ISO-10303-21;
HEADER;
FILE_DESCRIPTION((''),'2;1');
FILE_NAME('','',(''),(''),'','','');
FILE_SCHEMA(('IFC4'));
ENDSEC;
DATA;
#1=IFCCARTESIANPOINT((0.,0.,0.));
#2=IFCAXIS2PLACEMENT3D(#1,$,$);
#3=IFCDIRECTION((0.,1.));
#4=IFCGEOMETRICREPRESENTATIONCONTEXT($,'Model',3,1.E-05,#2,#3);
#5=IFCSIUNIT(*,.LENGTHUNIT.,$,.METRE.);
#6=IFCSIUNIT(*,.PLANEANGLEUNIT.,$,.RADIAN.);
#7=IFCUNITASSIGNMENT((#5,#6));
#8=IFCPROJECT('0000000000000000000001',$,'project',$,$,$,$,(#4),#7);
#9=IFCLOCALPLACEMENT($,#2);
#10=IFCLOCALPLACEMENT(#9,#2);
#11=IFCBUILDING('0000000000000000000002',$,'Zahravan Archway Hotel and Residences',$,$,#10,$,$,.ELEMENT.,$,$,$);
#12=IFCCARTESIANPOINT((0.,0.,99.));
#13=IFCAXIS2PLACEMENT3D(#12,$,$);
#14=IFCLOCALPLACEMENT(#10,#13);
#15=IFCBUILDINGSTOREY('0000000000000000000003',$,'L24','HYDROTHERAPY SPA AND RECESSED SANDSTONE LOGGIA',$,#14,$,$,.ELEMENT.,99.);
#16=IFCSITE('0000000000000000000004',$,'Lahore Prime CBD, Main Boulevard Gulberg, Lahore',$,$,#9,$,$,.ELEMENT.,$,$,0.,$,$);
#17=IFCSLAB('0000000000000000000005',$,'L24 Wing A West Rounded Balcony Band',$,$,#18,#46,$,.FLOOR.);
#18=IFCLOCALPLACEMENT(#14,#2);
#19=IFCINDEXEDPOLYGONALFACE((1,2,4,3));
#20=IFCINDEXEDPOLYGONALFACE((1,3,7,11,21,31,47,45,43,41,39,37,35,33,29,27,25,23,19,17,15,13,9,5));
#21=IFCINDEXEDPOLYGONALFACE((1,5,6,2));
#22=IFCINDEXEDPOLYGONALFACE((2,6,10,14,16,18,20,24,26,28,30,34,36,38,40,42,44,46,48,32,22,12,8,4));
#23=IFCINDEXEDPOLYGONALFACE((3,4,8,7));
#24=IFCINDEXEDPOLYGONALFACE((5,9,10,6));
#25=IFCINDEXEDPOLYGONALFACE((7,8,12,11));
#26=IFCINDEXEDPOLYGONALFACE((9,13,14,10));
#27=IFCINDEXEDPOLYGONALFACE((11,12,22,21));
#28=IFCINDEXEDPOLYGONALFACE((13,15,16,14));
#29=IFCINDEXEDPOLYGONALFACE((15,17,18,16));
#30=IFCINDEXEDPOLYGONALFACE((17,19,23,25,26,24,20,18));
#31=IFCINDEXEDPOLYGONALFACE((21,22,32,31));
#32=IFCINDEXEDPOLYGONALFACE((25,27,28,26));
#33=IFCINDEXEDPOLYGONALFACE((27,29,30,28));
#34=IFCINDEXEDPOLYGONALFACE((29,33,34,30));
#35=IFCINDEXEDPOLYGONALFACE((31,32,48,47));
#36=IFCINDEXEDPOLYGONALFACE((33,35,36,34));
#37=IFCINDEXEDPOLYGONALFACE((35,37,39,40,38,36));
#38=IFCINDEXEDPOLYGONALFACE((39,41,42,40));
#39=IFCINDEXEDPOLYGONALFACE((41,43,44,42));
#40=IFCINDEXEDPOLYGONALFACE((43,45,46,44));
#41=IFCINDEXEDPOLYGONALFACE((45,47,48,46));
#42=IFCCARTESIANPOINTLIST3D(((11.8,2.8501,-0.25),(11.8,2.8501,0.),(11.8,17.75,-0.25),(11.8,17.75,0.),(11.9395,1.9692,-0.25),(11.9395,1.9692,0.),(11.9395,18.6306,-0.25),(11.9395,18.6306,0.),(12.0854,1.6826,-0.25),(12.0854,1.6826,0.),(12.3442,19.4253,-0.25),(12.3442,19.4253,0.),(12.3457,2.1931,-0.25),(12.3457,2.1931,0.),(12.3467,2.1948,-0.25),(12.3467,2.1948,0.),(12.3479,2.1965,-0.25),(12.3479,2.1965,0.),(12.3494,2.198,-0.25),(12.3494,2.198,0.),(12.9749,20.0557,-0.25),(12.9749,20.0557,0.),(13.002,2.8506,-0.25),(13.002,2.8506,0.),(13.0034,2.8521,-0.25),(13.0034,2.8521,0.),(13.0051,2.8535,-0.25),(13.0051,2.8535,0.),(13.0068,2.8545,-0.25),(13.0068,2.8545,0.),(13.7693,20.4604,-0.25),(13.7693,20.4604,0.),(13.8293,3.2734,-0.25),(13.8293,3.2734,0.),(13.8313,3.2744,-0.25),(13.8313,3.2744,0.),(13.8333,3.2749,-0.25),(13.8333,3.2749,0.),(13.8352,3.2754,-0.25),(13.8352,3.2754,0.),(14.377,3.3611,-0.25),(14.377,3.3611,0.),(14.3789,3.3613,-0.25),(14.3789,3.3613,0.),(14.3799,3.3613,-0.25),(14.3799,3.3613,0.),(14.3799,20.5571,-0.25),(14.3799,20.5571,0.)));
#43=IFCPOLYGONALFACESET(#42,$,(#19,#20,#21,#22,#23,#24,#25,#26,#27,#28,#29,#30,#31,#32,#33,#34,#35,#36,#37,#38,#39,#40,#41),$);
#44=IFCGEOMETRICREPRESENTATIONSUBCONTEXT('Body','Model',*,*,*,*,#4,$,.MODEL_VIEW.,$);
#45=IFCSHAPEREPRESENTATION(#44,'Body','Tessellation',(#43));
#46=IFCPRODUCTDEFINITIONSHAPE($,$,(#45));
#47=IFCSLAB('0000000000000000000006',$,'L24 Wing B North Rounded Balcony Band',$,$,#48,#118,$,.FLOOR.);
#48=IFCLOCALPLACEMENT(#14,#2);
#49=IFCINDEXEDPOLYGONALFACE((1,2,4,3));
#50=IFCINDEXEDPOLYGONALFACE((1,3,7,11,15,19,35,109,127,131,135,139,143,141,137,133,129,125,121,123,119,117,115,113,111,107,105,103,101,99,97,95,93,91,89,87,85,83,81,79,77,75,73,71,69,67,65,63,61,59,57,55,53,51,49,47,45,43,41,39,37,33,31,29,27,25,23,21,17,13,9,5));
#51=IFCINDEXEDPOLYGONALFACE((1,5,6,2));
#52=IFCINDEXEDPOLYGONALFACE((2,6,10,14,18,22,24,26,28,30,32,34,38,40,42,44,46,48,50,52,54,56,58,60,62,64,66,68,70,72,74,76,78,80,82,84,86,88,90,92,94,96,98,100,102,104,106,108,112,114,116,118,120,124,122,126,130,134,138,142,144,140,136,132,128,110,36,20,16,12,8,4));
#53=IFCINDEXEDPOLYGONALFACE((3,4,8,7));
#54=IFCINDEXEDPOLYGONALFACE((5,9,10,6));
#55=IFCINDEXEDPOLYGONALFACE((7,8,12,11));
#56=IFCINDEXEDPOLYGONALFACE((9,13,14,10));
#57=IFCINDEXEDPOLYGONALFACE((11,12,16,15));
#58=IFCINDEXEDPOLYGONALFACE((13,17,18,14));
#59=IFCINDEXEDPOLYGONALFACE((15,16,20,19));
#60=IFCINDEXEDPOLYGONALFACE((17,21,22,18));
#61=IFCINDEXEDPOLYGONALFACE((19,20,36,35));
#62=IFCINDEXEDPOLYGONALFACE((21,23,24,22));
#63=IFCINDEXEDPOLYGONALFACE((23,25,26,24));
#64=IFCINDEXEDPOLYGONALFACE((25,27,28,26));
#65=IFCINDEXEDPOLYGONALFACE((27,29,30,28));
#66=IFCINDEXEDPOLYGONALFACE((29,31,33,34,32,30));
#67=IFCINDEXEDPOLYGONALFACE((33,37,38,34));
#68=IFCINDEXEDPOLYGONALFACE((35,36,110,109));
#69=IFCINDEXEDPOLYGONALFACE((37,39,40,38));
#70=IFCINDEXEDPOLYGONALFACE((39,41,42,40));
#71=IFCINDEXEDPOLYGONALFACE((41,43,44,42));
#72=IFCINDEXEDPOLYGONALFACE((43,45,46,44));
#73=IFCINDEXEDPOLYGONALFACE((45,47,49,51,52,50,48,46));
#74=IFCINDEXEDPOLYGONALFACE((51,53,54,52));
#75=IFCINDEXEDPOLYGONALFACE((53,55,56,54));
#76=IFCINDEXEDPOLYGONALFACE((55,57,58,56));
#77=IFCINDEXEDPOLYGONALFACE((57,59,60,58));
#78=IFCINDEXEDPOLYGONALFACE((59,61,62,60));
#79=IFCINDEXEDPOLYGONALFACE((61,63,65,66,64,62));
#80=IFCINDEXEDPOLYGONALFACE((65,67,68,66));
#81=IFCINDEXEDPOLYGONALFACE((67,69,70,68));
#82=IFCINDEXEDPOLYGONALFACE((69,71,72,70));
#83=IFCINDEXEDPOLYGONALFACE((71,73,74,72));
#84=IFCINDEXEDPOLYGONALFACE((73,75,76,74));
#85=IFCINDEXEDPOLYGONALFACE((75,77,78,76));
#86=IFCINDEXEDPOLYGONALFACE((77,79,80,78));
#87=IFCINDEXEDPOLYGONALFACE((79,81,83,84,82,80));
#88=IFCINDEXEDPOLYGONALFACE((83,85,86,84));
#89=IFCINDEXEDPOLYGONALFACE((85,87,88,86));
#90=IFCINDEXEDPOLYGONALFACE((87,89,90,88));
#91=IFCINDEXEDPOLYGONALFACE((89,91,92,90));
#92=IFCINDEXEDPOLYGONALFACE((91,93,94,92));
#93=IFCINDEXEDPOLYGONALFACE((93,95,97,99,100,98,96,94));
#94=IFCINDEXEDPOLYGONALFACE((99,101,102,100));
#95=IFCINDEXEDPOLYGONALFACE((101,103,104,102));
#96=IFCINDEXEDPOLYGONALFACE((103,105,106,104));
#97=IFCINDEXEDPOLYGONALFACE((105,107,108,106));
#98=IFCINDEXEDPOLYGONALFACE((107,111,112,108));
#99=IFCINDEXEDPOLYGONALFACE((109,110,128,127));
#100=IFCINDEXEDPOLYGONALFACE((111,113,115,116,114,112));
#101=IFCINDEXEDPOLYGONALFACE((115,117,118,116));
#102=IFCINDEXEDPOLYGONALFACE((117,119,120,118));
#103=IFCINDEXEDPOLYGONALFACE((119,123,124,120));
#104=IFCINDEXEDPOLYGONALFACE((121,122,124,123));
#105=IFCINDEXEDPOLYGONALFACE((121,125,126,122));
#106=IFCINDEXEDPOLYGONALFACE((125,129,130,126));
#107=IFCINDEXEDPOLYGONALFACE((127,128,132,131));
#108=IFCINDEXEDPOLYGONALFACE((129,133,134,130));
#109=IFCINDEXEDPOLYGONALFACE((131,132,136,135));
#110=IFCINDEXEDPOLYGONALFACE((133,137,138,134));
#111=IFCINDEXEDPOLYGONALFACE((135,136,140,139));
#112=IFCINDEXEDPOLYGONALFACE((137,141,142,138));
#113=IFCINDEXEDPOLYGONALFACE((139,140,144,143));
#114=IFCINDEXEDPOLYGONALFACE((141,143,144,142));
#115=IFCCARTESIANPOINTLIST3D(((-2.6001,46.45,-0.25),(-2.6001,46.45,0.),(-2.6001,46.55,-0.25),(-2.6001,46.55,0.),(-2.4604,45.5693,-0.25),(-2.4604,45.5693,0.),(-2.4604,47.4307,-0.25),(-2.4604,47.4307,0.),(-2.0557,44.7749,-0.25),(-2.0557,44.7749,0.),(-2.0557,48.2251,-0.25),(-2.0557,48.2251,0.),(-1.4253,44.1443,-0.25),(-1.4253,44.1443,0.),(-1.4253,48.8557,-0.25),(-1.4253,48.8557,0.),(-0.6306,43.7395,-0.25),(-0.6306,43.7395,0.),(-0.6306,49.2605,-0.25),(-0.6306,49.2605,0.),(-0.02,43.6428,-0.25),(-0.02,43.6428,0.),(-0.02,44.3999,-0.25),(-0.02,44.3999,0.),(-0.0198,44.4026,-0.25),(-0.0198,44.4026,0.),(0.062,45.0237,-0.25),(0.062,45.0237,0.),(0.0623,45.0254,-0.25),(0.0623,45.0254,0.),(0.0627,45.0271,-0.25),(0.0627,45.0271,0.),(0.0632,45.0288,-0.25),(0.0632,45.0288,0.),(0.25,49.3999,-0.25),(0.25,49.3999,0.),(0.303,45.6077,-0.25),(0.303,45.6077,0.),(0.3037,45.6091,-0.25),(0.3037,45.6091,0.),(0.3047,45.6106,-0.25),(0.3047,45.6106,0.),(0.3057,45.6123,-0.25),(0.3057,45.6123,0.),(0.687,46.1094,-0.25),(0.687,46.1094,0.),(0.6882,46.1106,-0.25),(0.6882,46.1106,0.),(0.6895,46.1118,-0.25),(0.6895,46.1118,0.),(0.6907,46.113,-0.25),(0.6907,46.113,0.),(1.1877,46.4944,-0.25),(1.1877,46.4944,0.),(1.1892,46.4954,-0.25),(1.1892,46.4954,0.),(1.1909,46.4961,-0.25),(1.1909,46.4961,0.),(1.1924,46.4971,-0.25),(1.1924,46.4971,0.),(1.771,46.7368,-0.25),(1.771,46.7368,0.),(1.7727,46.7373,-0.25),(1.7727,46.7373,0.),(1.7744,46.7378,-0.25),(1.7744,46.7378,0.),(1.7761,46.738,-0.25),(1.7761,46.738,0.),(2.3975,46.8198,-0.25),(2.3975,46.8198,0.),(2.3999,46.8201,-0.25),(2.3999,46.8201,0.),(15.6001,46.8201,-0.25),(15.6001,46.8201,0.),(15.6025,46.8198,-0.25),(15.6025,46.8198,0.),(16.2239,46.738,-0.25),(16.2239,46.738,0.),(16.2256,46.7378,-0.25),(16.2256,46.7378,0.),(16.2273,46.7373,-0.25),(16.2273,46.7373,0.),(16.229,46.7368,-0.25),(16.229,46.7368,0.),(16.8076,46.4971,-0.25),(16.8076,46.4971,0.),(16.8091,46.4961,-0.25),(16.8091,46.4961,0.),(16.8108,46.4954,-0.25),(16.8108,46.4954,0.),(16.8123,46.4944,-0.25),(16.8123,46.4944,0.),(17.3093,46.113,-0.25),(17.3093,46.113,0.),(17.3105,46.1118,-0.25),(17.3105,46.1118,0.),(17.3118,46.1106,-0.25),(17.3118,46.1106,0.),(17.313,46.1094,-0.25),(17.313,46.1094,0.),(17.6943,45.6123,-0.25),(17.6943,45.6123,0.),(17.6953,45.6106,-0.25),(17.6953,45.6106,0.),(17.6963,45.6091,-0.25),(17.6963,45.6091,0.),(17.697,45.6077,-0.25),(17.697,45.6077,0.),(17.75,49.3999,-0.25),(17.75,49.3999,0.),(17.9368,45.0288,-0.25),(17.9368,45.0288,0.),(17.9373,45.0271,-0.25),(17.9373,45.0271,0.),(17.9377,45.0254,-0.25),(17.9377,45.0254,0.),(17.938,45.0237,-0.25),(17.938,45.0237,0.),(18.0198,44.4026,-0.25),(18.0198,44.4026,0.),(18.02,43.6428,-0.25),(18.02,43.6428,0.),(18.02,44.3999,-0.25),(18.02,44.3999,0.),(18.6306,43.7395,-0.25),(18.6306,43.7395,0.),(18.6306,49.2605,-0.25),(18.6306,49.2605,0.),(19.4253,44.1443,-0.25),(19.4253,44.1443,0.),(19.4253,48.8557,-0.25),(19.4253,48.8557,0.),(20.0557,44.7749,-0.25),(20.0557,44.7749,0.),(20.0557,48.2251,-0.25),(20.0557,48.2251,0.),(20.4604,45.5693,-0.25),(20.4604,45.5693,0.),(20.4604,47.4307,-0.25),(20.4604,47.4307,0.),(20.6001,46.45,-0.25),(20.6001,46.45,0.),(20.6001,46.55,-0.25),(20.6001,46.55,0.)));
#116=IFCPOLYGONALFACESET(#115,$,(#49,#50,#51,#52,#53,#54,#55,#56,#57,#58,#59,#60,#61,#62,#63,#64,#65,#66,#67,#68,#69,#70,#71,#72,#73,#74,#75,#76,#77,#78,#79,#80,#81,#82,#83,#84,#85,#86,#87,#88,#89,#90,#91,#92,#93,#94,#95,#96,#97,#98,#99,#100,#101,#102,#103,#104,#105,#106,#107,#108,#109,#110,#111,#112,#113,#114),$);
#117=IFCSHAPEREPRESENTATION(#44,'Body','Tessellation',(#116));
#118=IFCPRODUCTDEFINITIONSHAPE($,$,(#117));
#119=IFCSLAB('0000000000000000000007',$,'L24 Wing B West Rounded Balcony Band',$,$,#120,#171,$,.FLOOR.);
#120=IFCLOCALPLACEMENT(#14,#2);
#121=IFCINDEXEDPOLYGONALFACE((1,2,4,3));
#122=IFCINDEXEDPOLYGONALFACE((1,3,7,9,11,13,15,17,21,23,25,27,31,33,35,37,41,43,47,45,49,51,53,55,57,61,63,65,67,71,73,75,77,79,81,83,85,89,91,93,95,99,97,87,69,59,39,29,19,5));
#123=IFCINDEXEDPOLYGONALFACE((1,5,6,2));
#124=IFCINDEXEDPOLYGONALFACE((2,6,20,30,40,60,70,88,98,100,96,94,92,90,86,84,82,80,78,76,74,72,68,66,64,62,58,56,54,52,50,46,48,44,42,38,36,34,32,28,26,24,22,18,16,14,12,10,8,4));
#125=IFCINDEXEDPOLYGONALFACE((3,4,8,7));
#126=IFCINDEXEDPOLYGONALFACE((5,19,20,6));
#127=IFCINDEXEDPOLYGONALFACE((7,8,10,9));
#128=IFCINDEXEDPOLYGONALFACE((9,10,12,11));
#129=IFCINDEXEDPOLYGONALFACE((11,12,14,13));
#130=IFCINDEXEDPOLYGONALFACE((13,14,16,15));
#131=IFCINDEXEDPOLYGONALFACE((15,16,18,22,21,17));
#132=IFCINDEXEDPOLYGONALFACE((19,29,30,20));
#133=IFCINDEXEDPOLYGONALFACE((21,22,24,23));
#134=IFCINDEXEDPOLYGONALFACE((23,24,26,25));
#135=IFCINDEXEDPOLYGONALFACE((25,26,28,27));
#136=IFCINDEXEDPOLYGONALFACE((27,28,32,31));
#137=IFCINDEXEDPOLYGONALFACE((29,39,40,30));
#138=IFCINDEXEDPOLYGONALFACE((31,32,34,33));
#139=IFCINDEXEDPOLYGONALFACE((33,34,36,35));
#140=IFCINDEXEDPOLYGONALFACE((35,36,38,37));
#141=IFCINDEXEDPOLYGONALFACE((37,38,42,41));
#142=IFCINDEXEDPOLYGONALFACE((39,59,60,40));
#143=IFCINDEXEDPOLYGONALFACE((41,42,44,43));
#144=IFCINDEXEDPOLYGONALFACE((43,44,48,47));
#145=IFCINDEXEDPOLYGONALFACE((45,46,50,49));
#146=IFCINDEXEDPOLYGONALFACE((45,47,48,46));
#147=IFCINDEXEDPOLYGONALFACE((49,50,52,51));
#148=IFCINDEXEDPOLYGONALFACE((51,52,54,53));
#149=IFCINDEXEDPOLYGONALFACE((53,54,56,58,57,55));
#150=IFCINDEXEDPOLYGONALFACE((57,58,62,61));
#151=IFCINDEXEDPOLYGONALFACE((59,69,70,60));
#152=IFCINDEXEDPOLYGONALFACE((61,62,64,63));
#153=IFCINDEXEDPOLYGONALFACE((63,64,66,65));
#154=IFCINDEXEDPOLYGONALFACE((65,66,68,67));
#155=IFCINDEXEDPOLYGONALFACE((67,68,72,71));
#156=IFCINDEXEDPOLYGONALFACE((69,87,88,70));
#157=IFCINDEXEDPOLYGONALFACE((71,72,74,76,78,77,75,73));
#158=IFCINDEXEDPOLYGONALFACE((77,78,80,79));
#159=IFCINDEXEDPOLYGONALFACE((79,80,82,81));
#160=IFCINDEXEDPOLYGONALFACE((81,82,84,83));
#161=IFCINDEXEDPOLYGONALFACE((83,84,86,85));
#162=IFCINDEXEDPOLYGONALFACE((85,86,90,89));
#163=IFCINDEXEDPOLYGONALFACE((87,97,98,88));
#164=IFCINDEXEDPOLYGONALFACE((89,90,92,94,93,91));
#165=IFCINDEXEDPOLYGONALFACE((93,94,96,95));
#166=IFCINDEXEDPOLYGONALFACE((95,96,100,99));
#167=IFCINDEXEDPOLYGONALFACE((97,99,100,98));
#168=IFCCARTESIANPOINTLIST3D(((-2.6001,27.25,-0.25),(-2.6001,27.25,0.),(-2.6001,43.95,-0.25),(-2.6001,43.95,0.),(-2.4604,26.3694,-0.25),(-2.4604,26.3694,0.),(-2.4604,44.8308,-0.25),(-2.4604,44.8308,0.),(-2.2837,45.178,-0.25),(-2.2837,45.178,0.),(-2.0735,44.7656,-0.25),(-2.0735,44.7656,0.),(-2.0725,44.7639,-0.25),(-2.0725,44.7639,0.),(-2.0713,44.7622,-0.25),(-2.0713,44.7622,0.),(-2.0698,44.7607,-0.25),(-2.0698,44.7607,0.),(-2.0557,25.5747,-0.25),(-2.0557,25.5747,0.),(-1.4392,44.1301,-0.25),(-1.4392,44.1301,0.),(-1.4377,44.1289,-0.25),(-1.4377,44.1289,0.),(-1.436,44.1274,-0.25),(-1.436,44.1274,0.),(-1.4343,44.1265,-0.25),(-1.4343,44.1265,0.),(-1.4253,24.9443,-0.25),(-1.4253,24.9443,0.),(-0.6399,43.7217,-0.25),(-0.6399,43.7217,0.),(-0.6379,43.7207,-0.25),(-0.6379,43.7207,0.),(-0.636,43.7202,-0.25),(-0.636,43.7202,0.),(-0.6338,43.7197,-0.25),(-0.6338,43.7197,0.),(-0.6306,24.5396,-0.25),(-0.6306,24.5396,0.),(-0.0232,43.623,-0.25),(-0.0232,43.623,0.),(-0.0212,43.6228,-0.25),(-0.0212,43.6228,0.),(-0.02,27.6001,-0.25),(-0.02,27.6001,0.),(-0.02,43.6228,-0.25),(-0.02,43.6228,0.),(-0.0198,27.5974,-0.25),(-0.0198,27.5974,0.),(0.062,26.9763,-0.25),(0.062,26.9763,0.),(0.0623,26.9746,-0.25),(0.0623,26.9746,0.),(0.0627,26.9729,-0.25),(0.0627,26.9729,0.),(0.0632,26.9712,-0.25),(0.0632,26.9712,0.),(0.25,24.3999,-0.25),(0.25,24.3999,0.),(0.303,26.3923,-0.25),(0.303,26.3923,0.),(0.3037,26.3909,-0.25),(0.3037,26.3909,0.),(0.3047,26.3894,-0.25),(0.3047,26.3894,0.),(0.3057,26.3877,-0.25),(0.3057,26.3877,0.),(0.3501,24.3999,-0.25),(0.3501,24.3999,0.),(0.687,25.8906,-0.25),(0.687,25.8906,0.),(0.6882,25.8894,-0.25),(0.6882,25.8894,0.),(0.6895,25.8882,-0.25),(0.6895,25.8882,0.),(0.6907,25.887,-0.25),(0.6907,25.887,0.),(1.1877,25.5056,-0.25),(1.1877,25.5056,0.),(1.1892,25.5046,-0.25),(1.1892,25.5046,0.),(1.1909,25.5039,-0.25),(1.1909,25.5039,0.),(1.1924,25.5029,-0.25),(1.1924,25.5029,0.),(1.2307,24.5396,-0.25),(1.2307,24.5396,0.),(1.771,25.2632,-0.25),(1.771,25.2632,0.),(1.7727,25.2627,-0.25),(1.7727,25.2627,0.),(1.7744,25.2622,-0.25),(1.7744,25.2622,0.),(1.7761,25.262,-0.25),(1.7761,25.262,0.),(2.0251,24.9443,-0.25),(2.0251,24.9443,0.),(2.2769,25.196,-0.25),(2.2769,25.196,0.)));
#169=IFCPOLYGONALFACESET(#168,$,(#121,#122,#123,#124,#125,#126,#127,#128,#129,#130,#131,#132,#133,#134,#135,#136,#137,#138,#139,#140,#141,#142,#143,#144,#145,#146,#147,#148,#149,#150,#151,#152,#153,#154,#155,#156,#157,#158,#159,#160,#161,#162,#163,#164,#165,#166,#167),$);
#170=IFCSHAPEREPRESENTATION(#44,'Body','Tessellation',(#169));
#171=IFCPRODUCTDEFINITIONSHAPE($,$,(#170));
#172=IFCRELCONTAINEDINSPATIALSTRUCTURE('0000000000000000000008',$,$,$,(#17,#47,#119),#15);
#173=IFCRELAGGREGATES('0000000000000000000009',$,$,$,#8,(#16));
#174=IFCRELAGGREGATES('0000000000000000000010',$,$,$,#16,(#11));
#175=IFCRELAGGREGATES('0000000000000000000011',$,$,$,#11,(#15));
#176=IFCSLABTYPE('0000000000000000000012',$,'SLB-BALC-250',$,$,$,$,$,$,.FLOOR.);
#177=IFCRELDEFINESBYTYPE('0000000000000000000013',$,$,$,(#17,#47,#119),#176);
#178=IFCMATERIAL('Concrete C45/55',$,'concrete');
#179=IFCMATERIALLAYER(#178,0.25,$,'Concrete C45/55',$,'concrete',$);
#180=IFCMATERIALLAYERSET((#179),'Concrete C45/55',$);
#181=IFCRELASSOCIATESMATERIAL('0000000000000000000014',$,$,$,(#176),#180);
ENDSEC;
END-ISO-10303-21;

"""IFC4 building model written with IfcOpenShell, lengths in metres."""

from ifc_helpers import new_model, si_unit, direction, frame, origin, place, context, subcontext, project, spatial, polyline, outline, extrude, material, layer, layer_set, type_object, element, save


model = new_model("IFC4")

# Units and contexts
model_context = context("Model", 3, precision=1e-05, world=origin(), true_north=direction((0.0, 1.0)))
body_context = subcontext(model_context, "Body", "Model", "MODEL_VIEW")
ifc_project = project(units=[si_unit("LENGTHUNIT", "METRE"), si_unit("PLANEANGLEUNIT", "RADIAN")], contexts=[model_context])

# Site, building, storey
site_placement = place(None, origin())
site = spatial("IfcSite", under=ifc_project, at=site_placement, Name="Lahore Prime CBD, Main Boulevard Gulberg, Lahore", CompositionType="ELEMENT", RefElevation=0.0)
building_placement = place(site_placement, origin())
building = spatial("IfcBuilding", under=site, at=building_placement, Name="Zahravan Archway Hotel and Residences", CompositionType="ELEMENT")
storey_placement = place(building_placement, frame((0.0, 0.0, 99.0)))
storey = spatial("IfcBuildingStorey", under=building, at=storey_placement, Name="L24", Description="HYDROTHERAPY SPA AND RECESSED SANDSTONE LOGGIA", CompositionType="ELEMENT", Elevation=99.0)

# Slabs
ifc_material_1 = material(Name="Concrete C45/55", Category="concrete")
ifc_layer_1 = layer(ifc_material_1, 0.25, Name="Concrete C45/55", Category="concrete")
ifc_layer_set_1 = layer_set([ifc_layer_1], Name="Concrete C45/55")
slab_type_1 = type_object("IfcSlabType", Name="SLB-BALC-250", PredefinedType="FLOOR", material=ifc_layer_set_1)
slab_1_placement = place(storey_placement, frame((0.0, 0.0, -0.25)))
element("IfcSlab", 1, at=slab_1_placement, inside=storey, type_object=slab_type_1, Name="L24 Wing A West Rounded Balcony Band", PredefinedType="FLOOR", context=body_context, shape_type="SweptSolid", body=[
    extrude(outline(polyline([(11.9395, 1.9692), (11.8, 2.8501), (11.8, 17.75), (11.9395, 18.6306), (12.3442, 19.4253), (12.9749, 20.0557), (13.7693, 20.4604), (14.3799, 20.5571), (14.3799, 3.3613), (14.3789, 3.3613), (14.377, 3.3611), (13.8352, 3.2754), (13.8333, 3.2749), (13.8313, 3.2744), (13.8293, 3.2734), (13.0068, 2.8545), (13.0051, 2.8535), (13.0034, 2.8521), (13.002, 2.8506), (12.3494, 2.198), (12.3479, 2.1965), (12.3467, 2.1948), (12.3457, 2.1931), (12.0854, 1.6826), (11.9395, 1.9692)])), origin(), (0.0, 0.0, 1.0), 0.25),
])
slab_2_placement = place(storey_placement, frame((0.0, 0.0, -0.25)))
element("IfcSlab", 2, at=slab_2_placement, inside=storey, type_object=slab_type_1, Name="L24 Wing B North Rounded Balcony Band", PredefinedType="FLOOR", context=body_context, shape_type="SweptSolid", body=[
    extrude(outline(polyline([(-0.6306, 43.7395), (-1.4253, 44.1443), (-2.0557, 44.7749), (-2.4604, 45.5693), (-2.6001, 46.45), (-2.6001, 46.55), (-2.4604, 47.4307), (-2.0557, 48.2251), (-1.4253, 48.8557), (-0.6306, 49.2605), (0.25, 49.3999), (17.75, 49.3999), (18.6306, 49.2605), (19.4253, 48.8557), (20.0557, 48.2251), (20.4604, 47.4307), (20.6001, 46.55), (20.6001, 46.45), (20.4604, 45.5693), (20.0557, 44.7749), (19.4253, 44.1443), (18.6306, 43.7395), (18.02, 43.6428), (18.02, 44.3999), (18.0198, 44.4026), (17.938, 45.0237), (17.9377, 45.0254), (17.9373, 45.0271), (17.9368, 45.0288), (17.697, 45.6077), (17.6963, 45.6091), (17.6953, 45.6106), (17.6943, 45.6123), (17.313, 46.1094), (17.3118, 46.1106), (17.3105, 46.1118), (17.3093, 46.113), (16.8123, 46.4944), (16.8108, 46.4954), (16.8091, 46.4961), (16.8076, 46.4971), (16.229, 46.7368), (16.2273, 46.7373), (16.2256, 46.7378), (16.2239, 46.738), (15.6025, 46.8198), (15.6001, 46.8201), (2.3999, 46.8201), (2.3975, 46.8198), (1.7761, 46.738), (1.7744, 46.7378), (1.7727, 46.7373), (1.771, 46.7368), (1.1924, 46.4971), (1.1909, 46.4961), (1.1892, 46.4954), (1.1877, 46.4944), (0.6907, 46.113), (0.6895, 46.1118), (0.6882, 46.1106), (0.687, 46.1094), (0.3057, 45.6123), (0.3047, 45.6106), (0.3037, 45.6091), (0.303, 45.6077), (0.0632, 45.0288), (0.0627, 45.0271), (0.0623, 45.0254), (0.062, 45.0237), (-0.0198, 44.4026), (-0.02, 44.3999), (-0.02, 43.6428), (-0.6306, 43.7395)])), origin(), (0.0, 0.0, 1.0), 0.25),
])
slab_3_placement = place(storey_placement, frame((0.0, 0.0, -0.25)))
element("IfcSlab", 3, at=slab_3_placement, inside=storey, type_object=slab_type_1, Name="L24 Wing B West Rounded Balcony Band", PredefinedType="FLOOR", context=body_context, shape_type="SweptSolid", body=[
    extrude(outline(polyline([(2.0251, 24.9443), (1.2307, 24.5396), (0.3501, 24.3999), (0.25, 24.3999), (-0.6306, 24.5396), (-1.4253, 24.9443), (-2.0557, 25.5747), (-2.4604, 26.3694), (-2.6001, 27.25), (-2.6001, 43.95), (-2.4604, 44.8308), (-2.2837, 45.178), (-2.0735, 44.7656), (-2.0725, 44.7639), (-2.0713, 44.7622), (-2.0698, 44.7607), (-1.4392, 44.1301), (-1.4377, 44.1289), (-1.436, 44.1274), (-1.4343, 44.1265), (-0.6399, 43.7217), (-0.6379, 43.7207), (-0.636, 43.7202), (-0.6338, 43.7197), (-0.0232, 43.623), (-0.0212, 43.6228), (-0.02, 43.6228), (-0.02, 27.6001), (-0.0198, 27.5974), (0.062, 26.9763), (0.0623, 26.9746), (0.0627, 26.9729), (0.0632, 26.9712), (0.303, 26.3923), (0.3037, 26.3909), (0.3047, 26.3894), (0.3057, 26.3877), (0.687, 25.8906), (0.6882, 25.8894), (0.6895, 25.8882), (0.6907, 25.887), (1.1877, 25.5056), (1.1892, 25.5046), (1.1909, 25.5039), (1.1924, 25.5029), (1.771, 25.2632), (1.7727, 25.2627), (1.7744, 25.2622), (1.7761, 25.262), (2.2769, 25.196), (2.0251, 24.9443)])), origin(), (0.0, 0.0, 1.0), 0.25),
])

save(model, "model.ifc")
